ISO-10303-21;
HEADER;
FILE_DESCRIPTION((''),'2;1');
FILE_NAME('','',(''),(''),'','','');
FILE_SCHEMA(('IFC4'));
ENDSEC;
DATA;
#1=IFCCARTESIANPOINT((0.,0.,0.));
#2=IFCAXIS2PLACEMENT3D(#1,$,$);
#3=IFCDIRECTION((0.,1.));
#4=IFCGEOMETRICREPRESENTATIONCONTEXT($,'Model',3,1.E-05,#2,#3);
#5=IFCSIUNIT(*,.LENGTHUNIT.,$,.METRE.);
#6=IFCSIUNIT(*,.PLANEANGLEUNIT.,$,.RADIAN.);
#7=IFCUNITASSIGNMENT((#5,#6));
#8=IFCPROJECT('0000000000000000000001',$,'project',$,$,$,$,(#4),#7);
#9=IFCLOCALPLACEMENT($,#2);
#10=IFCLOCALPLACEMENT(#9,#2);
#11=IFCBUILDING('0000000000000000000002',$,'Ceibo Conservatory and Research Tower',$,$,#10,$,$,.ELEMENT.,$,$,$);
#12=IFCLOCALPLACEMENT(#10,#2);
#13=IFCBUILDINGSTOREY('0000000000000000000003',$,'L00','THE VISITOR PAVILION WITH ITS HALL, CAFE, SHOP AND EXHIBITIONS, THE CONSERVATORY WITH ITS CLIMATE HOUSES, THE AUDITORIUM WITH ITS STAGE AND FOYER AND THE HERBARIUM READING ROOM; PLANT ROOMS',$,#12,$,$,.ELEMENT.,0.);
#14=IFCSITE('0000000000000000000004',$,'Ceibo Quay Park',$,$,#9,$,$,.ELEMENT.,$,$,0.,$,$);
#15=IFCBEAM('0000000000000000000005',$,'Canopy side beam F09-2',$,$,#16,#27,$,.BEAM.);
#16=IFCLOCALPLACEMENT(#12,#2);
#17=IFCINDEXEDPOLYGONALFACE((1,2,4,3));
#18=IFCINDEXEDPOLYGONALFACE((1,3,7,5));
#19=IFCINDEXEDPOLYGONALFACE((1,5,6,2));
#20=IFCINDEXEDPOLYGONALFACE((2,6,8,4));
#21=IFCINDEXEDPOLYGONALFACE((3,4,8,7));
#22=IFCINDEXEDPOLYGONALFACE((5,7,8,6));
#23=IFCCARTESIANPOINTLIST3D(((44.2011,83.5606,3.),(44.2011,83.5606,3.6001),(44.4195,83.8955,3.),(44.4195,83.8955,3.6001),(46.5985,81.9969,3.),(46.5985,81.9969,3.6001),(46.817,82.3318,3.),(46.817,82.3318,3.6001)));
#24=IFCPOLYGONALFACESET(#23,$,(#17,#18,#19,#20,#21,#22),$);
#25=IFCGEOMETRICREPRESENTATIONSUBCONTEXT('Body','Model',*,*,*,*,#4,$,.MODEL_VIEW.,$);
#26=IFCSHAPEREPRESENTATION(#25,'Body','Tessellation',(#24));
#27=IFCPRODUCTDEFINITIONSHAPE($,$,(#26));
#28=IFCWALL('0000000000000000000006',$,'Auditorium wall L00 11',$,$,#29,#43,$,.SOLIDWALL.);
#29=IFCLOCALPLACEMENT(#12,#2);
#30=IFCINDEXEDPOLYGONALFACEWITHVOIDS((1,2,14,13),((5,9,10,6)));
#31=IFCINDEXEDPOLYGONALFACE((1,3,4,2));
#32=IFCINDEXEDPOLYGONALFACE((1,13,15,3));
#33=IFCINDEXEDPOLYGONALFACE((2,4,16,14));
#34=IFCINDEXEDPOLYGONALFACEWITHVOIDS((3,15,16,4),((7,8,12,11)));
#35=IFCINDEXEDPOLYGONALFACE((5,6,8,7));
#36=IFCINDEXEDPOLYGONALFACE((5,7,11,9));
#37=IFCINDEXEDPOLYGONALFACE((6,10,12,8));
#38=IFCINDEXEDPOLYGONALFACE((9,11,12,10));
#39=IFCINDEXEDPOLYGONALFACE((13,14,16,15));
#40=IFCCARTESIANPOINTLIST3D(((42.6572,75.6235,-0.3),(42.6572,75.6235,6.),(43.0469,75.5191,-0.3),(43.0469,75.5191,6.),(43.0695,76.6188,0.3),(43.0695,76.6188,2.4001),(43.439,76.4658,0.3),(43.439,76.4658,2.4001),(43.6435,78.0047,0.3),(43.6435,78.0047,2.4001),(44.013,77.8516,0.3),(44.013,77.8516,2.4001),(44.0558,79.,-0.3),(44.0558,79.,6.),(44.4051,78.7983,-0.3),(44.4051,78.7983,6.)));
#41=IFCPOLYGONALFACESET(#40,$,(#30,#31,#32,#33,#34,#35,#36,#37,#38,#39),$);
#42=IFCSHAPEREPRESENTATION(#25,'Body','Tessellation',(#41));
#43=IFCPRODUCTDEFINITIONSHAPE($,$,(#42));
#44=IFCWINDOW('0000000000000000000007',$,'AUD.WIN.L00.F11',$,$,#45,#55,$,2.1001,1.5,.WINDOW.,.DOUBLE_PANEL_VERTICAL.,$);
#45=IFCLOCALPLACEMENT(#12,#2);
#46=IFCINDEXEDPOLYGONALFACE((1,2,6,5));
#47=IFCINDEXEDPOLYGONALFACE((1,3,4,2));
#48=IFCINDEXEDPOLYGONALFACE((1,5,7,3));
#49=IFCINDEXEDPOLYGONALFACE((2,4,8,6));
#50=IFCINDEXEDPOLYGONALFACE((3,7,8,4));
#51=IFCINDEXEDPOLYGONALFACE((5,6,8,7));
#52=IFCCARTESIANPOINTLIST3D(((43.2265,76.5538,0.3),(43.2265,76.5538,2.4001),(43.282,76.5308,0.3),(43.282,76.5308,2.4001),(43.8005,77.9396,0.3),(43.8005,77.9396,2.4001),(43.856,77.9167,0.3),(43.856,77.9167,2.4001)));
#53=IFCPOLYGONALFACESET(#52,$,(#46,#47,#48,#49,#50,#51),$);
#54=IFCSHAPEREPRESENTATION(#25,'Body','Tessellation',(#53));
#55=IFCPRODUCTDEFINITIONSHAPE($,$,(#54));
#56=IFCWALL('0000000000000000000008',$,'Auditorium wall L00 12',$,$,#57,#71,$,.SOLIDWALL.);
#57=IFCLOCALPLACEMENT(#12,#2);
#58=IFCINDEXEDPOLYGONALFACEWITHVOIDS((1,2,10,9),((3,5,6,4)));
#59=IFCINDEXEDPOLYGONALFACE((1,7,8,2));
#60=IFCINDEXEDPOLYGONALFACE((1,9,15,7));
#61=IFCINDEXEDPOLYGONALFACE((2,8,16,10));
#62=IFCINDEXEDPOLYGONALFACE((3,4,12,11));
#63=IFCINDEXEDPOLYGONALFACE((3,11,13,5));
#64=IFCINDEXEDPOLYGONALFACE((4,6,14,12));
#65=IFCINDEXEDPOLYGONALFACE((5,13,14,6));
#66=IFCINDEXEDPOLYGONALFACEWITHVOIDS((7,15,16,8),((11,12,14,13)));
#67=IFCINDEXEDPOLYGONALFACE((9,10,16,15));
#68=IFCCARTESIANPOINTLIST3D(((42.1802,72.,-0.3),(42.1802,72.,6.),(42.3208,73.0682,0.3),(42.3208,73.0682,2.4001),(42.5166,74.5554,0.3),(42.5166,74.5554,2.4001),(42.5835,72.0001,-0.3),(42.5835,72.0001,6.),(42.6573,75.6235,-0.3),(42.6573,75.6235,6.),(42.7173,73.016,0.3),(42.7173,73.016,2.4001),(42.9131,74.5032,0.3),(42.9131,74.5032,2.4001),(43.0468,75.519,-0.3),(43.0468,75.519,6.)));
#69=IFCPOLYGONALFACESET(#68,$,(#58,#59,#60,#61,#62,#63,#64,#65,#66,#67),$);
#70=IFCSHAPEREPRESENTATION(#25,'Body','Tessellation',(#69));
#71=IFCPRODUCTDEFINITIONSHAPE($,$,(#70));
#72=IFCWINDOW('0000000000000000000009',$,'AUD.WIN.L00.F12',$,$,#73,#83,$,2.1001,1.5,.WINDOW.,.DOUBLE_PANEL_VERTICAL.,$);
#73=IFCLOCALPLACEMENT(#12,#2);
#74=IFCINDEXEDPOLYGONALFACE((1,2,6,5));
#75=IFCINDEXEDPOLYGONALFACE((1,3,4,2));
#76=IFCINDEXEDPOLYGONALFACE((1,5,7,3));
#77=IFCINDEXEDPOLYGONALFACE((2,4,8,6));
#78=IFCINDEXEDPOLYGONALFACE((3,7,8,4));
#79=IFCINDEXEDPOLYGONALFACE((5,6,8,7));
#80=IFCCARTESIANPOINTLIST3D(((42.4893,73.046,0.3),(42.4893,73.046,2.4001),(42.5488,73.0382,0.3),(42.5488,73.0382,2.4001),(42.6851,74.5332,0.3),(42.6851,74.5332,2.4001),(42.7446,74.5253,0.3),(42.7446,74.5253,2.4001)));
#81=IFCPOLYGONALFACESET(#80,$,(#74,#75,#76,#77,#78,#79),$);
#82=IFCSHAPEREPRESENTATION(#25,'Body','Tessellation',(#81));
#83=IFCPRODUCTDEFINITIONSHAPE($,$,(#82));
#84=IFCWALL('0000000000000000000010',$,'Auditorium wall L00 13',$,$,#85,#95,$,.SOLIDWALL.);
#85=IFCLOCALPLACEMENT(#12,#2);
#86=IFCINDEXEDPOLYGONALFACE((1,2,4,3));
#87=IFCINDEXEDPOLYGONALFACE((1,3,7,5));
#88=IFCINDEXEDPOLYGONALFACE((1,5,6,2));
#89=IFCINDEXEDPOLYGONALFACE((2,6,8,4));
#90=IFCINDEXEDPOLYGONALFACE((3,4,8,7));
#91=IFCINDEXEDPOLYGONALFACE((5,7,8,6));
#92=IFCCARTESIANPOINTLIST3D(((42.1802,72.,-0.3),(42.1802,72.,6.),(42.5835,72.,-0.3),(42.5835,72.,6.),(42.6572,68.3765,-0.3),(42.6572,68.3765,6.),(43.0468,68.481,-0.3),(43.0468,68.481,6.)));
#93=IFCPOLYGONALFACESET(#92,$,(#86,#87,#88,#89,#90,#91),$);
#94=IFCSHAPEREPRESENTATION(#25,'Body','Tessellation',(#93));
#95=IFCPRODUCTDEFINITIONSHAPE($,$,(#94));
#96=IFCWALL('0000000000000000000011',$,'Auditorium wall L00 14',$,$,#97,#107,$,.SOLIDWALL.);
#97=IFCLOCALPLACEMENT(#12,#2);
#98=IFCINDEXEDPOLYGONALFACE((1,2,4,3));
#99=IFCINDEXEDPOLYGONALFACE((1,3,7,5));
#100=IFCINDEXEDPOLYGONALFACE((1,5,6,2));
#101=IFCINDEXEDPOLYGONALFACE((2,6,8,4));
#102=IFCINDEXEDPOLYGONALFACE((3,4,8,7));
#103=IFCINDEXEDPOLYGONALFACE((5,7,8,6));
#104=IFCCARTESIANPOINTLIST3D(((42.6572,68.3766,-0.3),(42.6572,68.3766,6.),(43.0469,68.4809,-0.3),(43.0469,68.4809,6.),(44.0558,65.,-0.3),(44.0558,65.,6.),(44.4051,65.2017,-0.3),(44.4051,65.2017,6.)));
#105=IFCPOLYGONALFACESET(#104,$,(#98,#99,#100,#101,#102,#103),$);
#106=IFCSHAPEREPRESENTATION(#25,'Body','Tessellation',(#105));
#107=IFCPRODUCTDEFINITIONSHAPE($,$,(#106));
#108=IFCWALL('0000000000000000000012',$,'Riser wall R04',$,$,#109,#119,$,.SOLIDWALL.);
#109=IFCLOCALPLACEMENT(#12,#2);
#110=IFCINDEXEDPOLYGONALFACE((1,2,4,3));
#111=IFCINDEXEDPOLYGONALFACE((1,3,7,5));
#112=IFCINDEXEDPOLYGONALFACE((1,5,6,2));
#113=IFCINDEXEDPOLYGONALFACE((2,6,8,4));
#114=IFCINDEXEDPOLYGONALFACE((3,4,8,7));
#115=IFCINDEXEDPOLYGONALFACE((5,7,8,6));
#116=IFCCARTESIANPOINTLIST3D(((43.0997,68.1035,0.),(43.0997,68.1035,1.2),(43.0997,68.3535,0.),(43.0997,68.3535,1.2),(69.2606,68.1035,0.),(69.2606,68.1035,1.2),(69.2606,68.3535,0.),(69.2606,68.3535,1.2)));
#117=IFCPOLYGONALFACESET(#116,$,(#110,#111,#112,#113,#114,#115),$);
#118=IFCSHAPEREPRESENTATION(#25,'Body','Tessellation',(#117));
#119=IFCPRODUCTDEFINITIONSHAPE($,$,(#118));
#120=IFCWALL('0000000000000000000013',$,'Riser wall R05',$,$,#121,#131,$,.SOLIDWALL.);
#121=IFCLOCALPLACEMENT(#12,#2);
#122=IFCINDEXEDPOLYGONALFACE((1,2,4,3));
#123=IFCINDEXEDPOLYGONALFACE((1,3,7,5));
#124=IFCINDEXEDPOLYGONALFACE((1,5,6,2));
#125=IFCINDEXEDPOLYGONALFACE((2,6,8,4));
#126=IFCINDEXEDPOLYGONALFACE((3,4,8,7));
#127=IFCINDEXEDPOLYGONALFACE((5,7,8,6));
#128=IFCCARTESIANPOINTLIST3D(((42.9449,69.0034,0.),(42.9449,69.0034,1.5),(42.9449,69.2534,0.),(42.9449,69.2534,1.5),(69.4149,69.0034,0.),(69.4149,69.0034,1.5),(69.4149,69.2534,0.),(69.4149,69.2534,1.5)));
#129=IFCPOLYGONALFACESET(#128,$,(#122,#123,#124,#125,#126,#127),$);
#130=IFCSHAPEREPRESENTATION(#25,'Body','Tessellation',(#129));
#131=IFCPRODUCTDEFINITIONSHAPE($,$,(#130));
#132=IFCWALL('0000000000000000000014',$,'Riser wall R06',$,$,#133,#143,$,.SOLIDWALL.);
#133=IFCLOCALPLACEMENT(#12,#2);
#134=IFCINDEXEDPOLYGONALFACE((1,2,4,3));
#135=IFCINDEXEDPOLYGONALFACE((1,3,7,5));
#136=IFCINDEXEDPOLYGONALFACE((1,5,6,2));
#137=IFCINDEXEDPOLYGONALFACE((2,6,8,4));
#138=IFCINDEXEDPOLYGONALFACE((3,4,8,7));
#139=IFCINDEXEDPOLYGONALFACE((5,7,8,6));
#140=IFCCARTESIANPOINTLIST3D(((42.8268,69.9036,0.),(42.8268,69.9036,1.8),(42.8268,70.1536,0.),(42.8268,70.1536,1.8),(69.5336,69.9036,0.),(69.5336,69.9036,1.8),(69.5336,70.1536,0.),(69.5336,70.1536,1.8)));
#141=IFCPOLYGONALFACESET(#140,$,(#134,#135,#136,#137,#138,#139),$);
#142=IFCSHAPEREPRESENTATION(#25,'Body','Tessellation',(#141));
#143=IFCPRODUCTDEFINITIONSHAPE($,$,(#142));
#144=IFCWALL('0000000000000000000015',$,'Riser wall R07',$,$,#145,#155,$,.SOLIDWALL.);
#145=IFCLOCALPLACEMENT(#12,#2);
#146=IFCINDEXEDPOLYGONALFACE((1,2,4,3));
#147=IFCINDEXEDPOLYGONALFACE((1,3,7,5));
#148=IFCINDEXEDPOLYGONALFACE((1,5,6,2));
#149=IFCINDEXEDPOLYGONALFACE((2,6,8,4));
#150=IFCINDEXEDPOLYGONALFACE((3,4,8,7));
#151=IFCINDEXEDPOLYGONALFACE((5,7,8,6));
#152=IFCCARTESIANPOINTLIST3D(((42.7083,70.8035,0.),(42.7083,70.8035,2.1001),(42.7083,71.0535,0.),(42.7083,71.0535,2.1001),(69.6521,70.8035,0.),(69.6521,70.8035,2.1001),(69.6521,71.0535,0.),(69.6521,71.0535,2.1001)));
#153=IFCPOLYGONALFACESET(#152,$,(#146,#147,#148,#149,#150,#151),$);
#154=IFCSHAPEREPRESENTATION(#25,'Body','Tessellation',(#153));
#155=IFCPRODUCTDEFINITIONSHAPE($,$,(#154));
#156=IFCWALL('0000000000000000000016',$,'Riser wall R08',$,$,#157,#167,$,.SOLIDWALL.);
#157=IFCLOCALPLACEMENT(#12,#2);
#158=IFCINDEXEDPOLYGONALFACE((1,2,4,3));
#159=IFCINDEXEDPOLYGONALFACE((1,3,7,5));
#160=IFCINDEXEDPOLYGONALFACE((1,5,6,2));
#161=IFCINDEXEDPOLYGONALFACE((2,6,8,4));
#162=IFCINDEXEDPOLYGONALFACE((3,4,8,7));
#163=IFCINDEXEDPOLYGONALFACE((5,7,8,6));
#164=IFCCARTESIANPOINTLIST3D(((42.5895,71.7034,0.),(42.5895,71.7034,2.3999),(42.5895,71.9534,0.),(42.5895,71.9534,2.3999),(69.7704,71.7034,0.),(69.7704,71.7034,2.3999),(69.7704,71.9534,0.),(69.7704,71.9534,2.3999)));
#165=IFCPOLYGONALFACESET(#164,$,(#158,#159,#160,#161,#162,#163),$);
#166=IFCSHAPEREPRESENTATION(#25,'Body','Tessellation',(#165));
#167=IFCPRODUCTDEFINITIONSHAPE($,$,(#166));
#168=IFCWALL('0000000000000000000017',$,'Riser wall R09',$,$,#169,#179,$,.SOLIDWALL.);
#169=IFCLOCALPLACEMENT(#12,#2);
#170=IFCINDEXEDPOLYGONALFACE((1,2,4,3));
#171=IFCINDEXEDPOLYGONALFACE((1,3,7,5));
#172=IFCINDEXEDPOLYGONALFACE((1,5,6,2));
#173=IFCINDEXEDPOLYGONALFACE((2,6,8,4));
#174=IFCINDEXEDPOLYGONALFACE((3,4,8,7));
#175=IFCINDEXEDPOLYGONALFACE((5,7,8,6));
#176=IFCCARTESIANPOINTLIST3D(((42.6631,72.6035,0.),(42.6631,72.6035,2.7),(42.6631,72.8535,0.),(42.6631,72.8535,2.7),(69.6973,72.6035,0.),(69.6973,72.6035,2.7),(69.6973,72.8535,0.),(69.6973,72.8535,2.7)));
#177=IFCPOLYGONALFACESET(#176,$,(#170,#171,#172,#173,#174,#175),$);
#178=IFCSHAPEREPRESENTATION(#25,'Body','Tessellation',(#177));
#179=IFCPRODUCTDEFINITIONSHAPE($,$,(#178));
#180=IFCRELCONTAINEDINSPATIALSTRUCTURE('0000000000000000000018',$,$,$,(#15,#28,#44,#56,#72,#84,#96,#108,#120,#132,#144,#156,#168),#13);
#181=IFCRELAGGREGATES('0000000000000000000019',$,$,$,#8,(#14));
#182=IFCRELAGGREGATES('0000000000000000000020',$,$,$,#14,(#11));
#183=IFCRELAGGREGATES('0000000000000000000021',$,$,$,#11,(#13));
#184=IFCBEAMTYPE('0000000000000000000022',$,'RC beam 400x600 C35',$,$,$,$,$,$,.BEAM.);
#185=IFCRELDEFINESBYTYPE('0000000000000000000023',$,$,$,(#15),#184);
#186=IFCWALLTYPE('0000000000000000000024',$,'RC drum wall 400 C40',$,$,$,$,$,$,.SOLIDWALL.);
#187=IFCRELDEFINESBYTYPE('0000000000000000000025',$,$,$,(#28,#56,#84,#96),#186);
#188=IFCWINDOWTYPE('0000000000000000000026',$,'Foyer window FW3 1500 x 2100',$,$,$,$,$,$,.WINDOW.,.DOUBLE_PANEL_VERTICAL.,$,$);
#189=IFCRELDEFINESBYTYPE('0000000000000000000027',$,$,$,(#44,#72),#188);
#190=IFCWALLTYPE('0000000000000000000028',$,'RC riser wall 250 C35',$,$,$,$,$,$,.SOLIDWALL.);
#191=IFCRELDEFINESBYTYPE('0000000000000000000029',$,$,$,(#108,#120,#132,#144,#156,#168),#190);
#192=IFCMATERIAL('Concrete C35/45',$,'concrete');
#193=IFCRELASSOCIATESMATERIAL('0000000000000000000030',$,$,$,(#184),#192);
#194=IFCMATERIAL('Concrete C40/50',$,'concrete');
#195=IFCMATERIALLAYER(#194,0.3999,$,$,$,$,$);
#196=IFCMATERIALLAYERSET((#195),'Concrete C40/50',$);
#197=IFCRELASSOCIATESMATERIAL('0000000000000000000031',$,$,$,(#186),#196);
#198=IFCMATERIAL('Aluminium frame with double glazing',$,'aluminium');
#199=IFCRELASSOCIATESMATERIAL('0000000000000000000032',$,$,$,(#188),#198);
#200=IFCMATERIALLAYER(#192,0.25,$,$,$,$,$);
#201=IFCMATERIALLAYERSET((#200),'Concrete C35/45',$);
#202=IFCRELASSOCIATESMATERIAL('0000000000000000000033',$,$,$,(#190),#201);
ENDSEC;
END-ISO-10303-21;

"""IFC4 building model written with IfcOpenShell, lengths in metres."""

from ifc_helpers import new_model, si_unit, direction, frame, frame_2d, origin, origin_2d, place, context, subcontext, project, spatial, polyline, rectangle, outline, extrude, material, layer, layer_set, material_profile, profile_set, type_object, element, fill, save


model = new_model("IFC4")

# Units and contexts
model_context = context("Model", 3, precision=1e-05, world=origin(), true_north=direction((0.0, 1.0)))
body_context = subcontext(model_context, "Body", "Model", "MODEL_VIEW")
ifc_project = project(units=[si_unit("LENGTHUNIT", "METRE"), si_unit("PLANEANGLEUNIT", "RADIAN")], contexts=[model_context])

# Site, building, storey
site_placement = place(None, origin())
site = spatial("IfcSite", under=ifc_project, at=site_placement, Name="Ceibo Quay Park", CompositionType="ELEMENT", RefElevation=0.0)
building_placement = place(site_placement, origin())
building = spatial("IfcBuilding", under=site, at=building_placement, Name="Ceibo Conservatory and Research Tower", CompositionType="ELEMENT")
storey_placement = place(building_placement, origin())
storey = spatial("IfcBuildingStorey", under=building, at=storey_placement, Name="L00", Description="THE VISITOR PAVILION WITH ITS HALL, CAFE, SHOP AND EXHIBITIONS, THE CONSERVATORY WITH ITS CLIMATE HOUSES, THE AUDITORIUM WITH ITS STAGE AND FOYER AND THE HERBARIUM READING ROOM; PLANT ROOMS", CompositionType="ELEMENT", Elevation=0.0)

# Shared definitions
ifc_material_1 = material(Name="Concrete C35/45", Category="concrete")

# Shared definitions
ifc_material_2 = material(Name="Concrete C40/50", Category="concrete")

# Beam
ifc_material_profile_1 = material_profile(ifc_material_1, rectangle(XDim=0.3999, YDim=0.6001, at=origin_2d()), Name="RC 400x600")
ifc_profile_set_1 = profile_set([ifc_material_profile_1], Name="Concrete C35/45")
beam_type = type_object("IfcBeamType", Name="RC beam 400x600 C35", PredefinedType="BEAM", material=ifc_profile_set_1)
beam_1_placement = place(storey_placement, frame((44.3103, 83.728, 3.3), z_axis=(0.837585, -0.546307, 0.0), x_axis=(0.546307, 0.837585, 0.0)))
element("IfcBeam", 1, at=beam_1_placement, inside=storey, type_object=beam_type, Name="Canopy side beam F09-2", PredefinedType="BEAM", context=body_context, shape_type="SweptSolid", body=[
    extrude(rectangle(XDim=0.3999, YDim=0.6001, at=origin_2d()), origin(), (0.0, 0.0, 1.0), 2.8623),
])

# Walls, openings, windows
ifc_layer_1 = layer(ifc_material_2, 0.3999)
ifc_layer_set_1 = layer_set([ifc_layer_1], Name="Concrete C40/50")
wall_type_1 = type_object("IfcWallType", Name="RC drum wall 400 C40", PredefinedType="SOLIDWALL", material=ifc_layer_set_1)
wall_1_placement = place(storey_placement, frame((44.2305, 78.8992, -0.3), z_axis=(0.0, 0.0, 1.0), x_axis=(-0.382675, -0.923883, 0.0)))
wall_1 = element("IfcWall", 2, at=wall_1_placement, inside=storey, type_object=wall_type_1, Name="Auditorium wall L00 11", PredefinedType="SOLIDWALL", context=body_context, shape_type="SweptSolid", body=[
    extrude(outline(polyline([(-0.0264, -0.2), (3.6284, -0.2), (3.5757, 0.2), (0.0264, 0.2), (-0.0264, -0.2)])), origin(), (0.0, 0.0, 1.0), 6.3),
])
opening_1_placement = place(wall_1_placement, frame((1.051, 0.0, 0.6001)))
opening_1 = element("IfcOpeningElement", 3, at=opening_1_placement, cuts=wall_1, PredefinedType="OPENING", context=body_context, shape_type="SweptSolid", body=[
    extrude(rectangle(XDim=1.5, YDim=2.1001, at=frame_2d((0.75, 1.05))), frame((0.0, 0.21, 0.0), z_axis=(0.0, -1.0, 0.0), x_axis=(1.0, 0.0, 0.0)), (0.0, 0.0, 1.0), 0.4199),
])
ifc_material_3 = material(Name="Aluminium frame with double glazing", Category="aluminium")
window_type = type_object("IfcWindowType", Name="Foyer window FW3 1500 x 2100", PartitioningType="DOUBLE_PANEL_VERTICAL", PredefinedType="WINDOW", material=ifc_material_3)
window_1_placement = place(opening_1_placement, origin())
window_1 = element("IfcWindow", 4, at=window_1_placement, inside=storey, type_object=window_type, Name="AUD.WIN.L00.F11", OverallHeight=2.1001, OverallWidth=1.5, PartitioningType="DOUBLE_PANEL_VERTICAL", PredefinedType="WINDOW", context=body_context, shape_type="SweptSolid", body=[
    extrude(rectangle(XDim=1.5, YDim=2.1001, at=frame_2d((0.75, 1.05))), frame((0.0, 0.03, 0.0), z_axis=(0.0, -1.0, 0.0), x_axis=(1.0, 0.0, 0.0)), (0.0, 0.0, 1.0), 0.0601),
])
fill(opening_1, window_1)
wall_2_placement = place(storey_placement, frame((42.8521, 75.5713, -0.3), z_axis=(0.0, 0.0, 1.0), x_axis=(-0.130539, -0.991443, 0.0)))
wall_2 = element("IfcWall", 5, at=wall_2_placement, inside=storey, type_object=wall_type_1, Name="Auditorium wall L00 12", PredefinedType="SOLIDWALL", context=body_context, shape_type="SweptSolid", body=[
    extrude(outline(polyline([(-0.0264, -0.2), (3.6284, -0.2), (3.5757, 0.2), (0.0264, 0.2), (-0.0264, -0.2)])), origin(), (0.0, 0.0, 1.0), 6.3),
])
opening_2_placement = place(wall_2_placement, frame((1.051, 0.0, 0.6001)))
opening_2 = element("IfcOpeningElement", 6, at=opening_2_placement, cuts=wall_2, PredefinedType="OPENING", context=body_context, shape_type="SweptSolid", body=[
    extrude(rectangle(XDim=1.5, YDim=2.1001, at=frame_2d((0.75, 1.05))), frame((0.0, 0.21, 0.0), z_axis=(0.0, -1.0, 0.0), x_axis=(1.0, 0.0, 0.0)), (0.0, 0.0, 1.0), 0.4199),
])
window_2_placement = place(opening_2_placement, origin())
window_2 = element("IfcWindow", 7, at=window_2_placement, inside=storey, type_object=window_type, Name="AUD.WIN.L00.F12", OverallHeight=2.1001, OverallWidth=1.5, PartitioningType="DOUBLE_PANEL_VERTICAL", PredefinedType="WINDOW", context=body_context, shape_type="SweptSolid", body=[
    extrude(rectangle(XDim=1.5, YDim=2.1001, at=frame_2d((0.75, 1.05))), frame((0.0, 0.03, 0.0), z_axis=(0.0, -1.0, 0.0), x_axis=(1.0, 0.0, 0.0)), (0.0, 0.0, 1.0), 0.0601),
])
fill(opening_2, window_2)

# Walls
for number, where, z_axis, x_axis, name in (
    (8, (42.3818, 72.0, -0.3), (0.0, 0.0, 1.0), (0.130539, -0.991443, 0.0), "Auditorium wall L00 13"),
    (9, (42.8521, 68.4287, -0.3), (0.0, 0.0, 1.0), (0.382675, -0.923883, 0.0), "Auditorium wall L00 14"),
):
    element("IfcWall", number, at=place(storey_placement, frame(where, z_axis=z_axis, x_axis=x_axis)), inside=storey, type_object=wall_type_1, Name=name, PredefinedType="SOLIDWALL", context=body_context, shape_type="SweptSolid", body=[
        extrude(outline(polyline([(-0.0264, -0.2), (3.6284, -0.2), (3.5757, 0.2), (0.0264, 0.2), (-0.0264, -0.2)])), origin(), (0.0, 0.0, 1.0), 6.3),
    ])
ifc_layer_2 = layer(ifc_material_1, 0.25)
ifc_layer_set_2 = layer_set([ifc_layer_2], Name="Concrete C35/45")
wall_type_2 = type_object("IfcWallType", Name="RC riser wall 250 C35", PredefinedType="SOLIDWALL", material=ifc_layer_set_2)
wall_3_placement = place(storey_placement, frame((43.0996, 68.2285, 0.0), z_axis=(0.0, 0.0, 1.0), x_axis=(1.0, 0.0, 0.0)))
element("IfcWall", 10, at=wall_3_placement, inside=storey, type_object=wall_type_2, Name="Riser wall R04", PredefinedType="SOLIDWALL", context=body_context, shape_type="SweptSolid", body=[
    extrude(rectangle(XDim=26.1609, YDim=0.25, at=frame_2d((13.0806, 0.0))), origin(), (0.0, 0.0, 1.0), 1.2),
])
wall_4_placement = place(storey_placement, frame((42.9451, 69.1284, 0.0), z_axis=(0.0, 0.0, 1.0), x_axis=(1.0, 0.0, 0.0)))
element("IfcWall", 11, at=wall_4_placement, inside=storey, type_object=wall_type_2, Name="Riser wall R05", PredefinedType="SOLIDWALL", context=body_context, shape_type="SweptSolid", body=[
    extrude(rectangle(XDim=26.47, YDim=0.25, at=frame_2d((13.2349, 0.0))), origin(), (0.0, 0.0, 1.0), 1.5),
])
wall_5_placement = place(storey_placement, frame((42.8267, 70.0286, 0.0), z_axis=(0.0, 0.0, 1.0), x_axis=(1.0, 0.0, 0.0)))
element("IfcWall", 12, at=wall_5_placement, inside=storey, type_object=wall_type_2, Name="Riser wall R06", PredefinedType="SOLIDWALL", context=body_context, shape_type="SweptSolid", body=[
    extrude(rectangle(XDim=26.7068, YDim=0.25, at=frame_2d((13.3535, 0.0))), origin(), (0.0, 0.0, 1.0), 1.8),
])
wall_6_placement = place(storey_placement, frame((42.7083, 70.9285, 0.0), z_axis=(0.0, 0.0, 1.0), x_axis=(1.0, 0.0, 0.0)))
element("IfcWall", 13, at=wall_6_placement, inside=storey, type_object=wall_type_2, Name="Riser wall R07", PredefinedType="SOLIDWALL", context=body_context, shape_type="SweptSolid", body=[
    extrude(rectangle(XDim=26.9438, YDim=0.25, at=frame_2d((13.4719, 0.0))), origin(), (0.0, 0.0, 1.0), 2.1001),
])
wall_7_placement = place(storey_placement, frame((42.5896, 71.8284, 0.0), z_axis=(0.0, 0.0, 1.0), x_axis=(1.0, 0.0, 0.0)))
element("IfcWall", 14, at=wall_7_placement, inside=storey, type_object=wall_type_2, Name="Riser wall R08", PredefinedType="SOLIDWALL", context=body_context, shape_type="SweptSolid", body=[
    extrude(rectangle(XDim=27.1809, YDim=0.25, at=frame_2d((13.5903, 0.0))), origin(), (0.0, 0.0, 1.0), 2.3999),
])
wall_8_placement = place(storey_placement, frame((42.6631, 72.7285, 0.0), z_axis=(0.0, 0.0, 1.0), x_axis=(1.0, 0.0, 0.0)))
element("IfcWall", 15, at=wall_8_placement, inside=storey, type_object=wall_type_2, Name="Riser wall R09", PredefinedType="SOLIDWALL", context=body_context, shape_type="SweptSolid", body=[
    extrude(rectangle(XDim=27.0342, YDim=0.25, at=frame_2d((13.5171, 0.0))), origin(), (0.0, 0.0, 1.0), 2.7),
])

save(model, "model.ifc")
